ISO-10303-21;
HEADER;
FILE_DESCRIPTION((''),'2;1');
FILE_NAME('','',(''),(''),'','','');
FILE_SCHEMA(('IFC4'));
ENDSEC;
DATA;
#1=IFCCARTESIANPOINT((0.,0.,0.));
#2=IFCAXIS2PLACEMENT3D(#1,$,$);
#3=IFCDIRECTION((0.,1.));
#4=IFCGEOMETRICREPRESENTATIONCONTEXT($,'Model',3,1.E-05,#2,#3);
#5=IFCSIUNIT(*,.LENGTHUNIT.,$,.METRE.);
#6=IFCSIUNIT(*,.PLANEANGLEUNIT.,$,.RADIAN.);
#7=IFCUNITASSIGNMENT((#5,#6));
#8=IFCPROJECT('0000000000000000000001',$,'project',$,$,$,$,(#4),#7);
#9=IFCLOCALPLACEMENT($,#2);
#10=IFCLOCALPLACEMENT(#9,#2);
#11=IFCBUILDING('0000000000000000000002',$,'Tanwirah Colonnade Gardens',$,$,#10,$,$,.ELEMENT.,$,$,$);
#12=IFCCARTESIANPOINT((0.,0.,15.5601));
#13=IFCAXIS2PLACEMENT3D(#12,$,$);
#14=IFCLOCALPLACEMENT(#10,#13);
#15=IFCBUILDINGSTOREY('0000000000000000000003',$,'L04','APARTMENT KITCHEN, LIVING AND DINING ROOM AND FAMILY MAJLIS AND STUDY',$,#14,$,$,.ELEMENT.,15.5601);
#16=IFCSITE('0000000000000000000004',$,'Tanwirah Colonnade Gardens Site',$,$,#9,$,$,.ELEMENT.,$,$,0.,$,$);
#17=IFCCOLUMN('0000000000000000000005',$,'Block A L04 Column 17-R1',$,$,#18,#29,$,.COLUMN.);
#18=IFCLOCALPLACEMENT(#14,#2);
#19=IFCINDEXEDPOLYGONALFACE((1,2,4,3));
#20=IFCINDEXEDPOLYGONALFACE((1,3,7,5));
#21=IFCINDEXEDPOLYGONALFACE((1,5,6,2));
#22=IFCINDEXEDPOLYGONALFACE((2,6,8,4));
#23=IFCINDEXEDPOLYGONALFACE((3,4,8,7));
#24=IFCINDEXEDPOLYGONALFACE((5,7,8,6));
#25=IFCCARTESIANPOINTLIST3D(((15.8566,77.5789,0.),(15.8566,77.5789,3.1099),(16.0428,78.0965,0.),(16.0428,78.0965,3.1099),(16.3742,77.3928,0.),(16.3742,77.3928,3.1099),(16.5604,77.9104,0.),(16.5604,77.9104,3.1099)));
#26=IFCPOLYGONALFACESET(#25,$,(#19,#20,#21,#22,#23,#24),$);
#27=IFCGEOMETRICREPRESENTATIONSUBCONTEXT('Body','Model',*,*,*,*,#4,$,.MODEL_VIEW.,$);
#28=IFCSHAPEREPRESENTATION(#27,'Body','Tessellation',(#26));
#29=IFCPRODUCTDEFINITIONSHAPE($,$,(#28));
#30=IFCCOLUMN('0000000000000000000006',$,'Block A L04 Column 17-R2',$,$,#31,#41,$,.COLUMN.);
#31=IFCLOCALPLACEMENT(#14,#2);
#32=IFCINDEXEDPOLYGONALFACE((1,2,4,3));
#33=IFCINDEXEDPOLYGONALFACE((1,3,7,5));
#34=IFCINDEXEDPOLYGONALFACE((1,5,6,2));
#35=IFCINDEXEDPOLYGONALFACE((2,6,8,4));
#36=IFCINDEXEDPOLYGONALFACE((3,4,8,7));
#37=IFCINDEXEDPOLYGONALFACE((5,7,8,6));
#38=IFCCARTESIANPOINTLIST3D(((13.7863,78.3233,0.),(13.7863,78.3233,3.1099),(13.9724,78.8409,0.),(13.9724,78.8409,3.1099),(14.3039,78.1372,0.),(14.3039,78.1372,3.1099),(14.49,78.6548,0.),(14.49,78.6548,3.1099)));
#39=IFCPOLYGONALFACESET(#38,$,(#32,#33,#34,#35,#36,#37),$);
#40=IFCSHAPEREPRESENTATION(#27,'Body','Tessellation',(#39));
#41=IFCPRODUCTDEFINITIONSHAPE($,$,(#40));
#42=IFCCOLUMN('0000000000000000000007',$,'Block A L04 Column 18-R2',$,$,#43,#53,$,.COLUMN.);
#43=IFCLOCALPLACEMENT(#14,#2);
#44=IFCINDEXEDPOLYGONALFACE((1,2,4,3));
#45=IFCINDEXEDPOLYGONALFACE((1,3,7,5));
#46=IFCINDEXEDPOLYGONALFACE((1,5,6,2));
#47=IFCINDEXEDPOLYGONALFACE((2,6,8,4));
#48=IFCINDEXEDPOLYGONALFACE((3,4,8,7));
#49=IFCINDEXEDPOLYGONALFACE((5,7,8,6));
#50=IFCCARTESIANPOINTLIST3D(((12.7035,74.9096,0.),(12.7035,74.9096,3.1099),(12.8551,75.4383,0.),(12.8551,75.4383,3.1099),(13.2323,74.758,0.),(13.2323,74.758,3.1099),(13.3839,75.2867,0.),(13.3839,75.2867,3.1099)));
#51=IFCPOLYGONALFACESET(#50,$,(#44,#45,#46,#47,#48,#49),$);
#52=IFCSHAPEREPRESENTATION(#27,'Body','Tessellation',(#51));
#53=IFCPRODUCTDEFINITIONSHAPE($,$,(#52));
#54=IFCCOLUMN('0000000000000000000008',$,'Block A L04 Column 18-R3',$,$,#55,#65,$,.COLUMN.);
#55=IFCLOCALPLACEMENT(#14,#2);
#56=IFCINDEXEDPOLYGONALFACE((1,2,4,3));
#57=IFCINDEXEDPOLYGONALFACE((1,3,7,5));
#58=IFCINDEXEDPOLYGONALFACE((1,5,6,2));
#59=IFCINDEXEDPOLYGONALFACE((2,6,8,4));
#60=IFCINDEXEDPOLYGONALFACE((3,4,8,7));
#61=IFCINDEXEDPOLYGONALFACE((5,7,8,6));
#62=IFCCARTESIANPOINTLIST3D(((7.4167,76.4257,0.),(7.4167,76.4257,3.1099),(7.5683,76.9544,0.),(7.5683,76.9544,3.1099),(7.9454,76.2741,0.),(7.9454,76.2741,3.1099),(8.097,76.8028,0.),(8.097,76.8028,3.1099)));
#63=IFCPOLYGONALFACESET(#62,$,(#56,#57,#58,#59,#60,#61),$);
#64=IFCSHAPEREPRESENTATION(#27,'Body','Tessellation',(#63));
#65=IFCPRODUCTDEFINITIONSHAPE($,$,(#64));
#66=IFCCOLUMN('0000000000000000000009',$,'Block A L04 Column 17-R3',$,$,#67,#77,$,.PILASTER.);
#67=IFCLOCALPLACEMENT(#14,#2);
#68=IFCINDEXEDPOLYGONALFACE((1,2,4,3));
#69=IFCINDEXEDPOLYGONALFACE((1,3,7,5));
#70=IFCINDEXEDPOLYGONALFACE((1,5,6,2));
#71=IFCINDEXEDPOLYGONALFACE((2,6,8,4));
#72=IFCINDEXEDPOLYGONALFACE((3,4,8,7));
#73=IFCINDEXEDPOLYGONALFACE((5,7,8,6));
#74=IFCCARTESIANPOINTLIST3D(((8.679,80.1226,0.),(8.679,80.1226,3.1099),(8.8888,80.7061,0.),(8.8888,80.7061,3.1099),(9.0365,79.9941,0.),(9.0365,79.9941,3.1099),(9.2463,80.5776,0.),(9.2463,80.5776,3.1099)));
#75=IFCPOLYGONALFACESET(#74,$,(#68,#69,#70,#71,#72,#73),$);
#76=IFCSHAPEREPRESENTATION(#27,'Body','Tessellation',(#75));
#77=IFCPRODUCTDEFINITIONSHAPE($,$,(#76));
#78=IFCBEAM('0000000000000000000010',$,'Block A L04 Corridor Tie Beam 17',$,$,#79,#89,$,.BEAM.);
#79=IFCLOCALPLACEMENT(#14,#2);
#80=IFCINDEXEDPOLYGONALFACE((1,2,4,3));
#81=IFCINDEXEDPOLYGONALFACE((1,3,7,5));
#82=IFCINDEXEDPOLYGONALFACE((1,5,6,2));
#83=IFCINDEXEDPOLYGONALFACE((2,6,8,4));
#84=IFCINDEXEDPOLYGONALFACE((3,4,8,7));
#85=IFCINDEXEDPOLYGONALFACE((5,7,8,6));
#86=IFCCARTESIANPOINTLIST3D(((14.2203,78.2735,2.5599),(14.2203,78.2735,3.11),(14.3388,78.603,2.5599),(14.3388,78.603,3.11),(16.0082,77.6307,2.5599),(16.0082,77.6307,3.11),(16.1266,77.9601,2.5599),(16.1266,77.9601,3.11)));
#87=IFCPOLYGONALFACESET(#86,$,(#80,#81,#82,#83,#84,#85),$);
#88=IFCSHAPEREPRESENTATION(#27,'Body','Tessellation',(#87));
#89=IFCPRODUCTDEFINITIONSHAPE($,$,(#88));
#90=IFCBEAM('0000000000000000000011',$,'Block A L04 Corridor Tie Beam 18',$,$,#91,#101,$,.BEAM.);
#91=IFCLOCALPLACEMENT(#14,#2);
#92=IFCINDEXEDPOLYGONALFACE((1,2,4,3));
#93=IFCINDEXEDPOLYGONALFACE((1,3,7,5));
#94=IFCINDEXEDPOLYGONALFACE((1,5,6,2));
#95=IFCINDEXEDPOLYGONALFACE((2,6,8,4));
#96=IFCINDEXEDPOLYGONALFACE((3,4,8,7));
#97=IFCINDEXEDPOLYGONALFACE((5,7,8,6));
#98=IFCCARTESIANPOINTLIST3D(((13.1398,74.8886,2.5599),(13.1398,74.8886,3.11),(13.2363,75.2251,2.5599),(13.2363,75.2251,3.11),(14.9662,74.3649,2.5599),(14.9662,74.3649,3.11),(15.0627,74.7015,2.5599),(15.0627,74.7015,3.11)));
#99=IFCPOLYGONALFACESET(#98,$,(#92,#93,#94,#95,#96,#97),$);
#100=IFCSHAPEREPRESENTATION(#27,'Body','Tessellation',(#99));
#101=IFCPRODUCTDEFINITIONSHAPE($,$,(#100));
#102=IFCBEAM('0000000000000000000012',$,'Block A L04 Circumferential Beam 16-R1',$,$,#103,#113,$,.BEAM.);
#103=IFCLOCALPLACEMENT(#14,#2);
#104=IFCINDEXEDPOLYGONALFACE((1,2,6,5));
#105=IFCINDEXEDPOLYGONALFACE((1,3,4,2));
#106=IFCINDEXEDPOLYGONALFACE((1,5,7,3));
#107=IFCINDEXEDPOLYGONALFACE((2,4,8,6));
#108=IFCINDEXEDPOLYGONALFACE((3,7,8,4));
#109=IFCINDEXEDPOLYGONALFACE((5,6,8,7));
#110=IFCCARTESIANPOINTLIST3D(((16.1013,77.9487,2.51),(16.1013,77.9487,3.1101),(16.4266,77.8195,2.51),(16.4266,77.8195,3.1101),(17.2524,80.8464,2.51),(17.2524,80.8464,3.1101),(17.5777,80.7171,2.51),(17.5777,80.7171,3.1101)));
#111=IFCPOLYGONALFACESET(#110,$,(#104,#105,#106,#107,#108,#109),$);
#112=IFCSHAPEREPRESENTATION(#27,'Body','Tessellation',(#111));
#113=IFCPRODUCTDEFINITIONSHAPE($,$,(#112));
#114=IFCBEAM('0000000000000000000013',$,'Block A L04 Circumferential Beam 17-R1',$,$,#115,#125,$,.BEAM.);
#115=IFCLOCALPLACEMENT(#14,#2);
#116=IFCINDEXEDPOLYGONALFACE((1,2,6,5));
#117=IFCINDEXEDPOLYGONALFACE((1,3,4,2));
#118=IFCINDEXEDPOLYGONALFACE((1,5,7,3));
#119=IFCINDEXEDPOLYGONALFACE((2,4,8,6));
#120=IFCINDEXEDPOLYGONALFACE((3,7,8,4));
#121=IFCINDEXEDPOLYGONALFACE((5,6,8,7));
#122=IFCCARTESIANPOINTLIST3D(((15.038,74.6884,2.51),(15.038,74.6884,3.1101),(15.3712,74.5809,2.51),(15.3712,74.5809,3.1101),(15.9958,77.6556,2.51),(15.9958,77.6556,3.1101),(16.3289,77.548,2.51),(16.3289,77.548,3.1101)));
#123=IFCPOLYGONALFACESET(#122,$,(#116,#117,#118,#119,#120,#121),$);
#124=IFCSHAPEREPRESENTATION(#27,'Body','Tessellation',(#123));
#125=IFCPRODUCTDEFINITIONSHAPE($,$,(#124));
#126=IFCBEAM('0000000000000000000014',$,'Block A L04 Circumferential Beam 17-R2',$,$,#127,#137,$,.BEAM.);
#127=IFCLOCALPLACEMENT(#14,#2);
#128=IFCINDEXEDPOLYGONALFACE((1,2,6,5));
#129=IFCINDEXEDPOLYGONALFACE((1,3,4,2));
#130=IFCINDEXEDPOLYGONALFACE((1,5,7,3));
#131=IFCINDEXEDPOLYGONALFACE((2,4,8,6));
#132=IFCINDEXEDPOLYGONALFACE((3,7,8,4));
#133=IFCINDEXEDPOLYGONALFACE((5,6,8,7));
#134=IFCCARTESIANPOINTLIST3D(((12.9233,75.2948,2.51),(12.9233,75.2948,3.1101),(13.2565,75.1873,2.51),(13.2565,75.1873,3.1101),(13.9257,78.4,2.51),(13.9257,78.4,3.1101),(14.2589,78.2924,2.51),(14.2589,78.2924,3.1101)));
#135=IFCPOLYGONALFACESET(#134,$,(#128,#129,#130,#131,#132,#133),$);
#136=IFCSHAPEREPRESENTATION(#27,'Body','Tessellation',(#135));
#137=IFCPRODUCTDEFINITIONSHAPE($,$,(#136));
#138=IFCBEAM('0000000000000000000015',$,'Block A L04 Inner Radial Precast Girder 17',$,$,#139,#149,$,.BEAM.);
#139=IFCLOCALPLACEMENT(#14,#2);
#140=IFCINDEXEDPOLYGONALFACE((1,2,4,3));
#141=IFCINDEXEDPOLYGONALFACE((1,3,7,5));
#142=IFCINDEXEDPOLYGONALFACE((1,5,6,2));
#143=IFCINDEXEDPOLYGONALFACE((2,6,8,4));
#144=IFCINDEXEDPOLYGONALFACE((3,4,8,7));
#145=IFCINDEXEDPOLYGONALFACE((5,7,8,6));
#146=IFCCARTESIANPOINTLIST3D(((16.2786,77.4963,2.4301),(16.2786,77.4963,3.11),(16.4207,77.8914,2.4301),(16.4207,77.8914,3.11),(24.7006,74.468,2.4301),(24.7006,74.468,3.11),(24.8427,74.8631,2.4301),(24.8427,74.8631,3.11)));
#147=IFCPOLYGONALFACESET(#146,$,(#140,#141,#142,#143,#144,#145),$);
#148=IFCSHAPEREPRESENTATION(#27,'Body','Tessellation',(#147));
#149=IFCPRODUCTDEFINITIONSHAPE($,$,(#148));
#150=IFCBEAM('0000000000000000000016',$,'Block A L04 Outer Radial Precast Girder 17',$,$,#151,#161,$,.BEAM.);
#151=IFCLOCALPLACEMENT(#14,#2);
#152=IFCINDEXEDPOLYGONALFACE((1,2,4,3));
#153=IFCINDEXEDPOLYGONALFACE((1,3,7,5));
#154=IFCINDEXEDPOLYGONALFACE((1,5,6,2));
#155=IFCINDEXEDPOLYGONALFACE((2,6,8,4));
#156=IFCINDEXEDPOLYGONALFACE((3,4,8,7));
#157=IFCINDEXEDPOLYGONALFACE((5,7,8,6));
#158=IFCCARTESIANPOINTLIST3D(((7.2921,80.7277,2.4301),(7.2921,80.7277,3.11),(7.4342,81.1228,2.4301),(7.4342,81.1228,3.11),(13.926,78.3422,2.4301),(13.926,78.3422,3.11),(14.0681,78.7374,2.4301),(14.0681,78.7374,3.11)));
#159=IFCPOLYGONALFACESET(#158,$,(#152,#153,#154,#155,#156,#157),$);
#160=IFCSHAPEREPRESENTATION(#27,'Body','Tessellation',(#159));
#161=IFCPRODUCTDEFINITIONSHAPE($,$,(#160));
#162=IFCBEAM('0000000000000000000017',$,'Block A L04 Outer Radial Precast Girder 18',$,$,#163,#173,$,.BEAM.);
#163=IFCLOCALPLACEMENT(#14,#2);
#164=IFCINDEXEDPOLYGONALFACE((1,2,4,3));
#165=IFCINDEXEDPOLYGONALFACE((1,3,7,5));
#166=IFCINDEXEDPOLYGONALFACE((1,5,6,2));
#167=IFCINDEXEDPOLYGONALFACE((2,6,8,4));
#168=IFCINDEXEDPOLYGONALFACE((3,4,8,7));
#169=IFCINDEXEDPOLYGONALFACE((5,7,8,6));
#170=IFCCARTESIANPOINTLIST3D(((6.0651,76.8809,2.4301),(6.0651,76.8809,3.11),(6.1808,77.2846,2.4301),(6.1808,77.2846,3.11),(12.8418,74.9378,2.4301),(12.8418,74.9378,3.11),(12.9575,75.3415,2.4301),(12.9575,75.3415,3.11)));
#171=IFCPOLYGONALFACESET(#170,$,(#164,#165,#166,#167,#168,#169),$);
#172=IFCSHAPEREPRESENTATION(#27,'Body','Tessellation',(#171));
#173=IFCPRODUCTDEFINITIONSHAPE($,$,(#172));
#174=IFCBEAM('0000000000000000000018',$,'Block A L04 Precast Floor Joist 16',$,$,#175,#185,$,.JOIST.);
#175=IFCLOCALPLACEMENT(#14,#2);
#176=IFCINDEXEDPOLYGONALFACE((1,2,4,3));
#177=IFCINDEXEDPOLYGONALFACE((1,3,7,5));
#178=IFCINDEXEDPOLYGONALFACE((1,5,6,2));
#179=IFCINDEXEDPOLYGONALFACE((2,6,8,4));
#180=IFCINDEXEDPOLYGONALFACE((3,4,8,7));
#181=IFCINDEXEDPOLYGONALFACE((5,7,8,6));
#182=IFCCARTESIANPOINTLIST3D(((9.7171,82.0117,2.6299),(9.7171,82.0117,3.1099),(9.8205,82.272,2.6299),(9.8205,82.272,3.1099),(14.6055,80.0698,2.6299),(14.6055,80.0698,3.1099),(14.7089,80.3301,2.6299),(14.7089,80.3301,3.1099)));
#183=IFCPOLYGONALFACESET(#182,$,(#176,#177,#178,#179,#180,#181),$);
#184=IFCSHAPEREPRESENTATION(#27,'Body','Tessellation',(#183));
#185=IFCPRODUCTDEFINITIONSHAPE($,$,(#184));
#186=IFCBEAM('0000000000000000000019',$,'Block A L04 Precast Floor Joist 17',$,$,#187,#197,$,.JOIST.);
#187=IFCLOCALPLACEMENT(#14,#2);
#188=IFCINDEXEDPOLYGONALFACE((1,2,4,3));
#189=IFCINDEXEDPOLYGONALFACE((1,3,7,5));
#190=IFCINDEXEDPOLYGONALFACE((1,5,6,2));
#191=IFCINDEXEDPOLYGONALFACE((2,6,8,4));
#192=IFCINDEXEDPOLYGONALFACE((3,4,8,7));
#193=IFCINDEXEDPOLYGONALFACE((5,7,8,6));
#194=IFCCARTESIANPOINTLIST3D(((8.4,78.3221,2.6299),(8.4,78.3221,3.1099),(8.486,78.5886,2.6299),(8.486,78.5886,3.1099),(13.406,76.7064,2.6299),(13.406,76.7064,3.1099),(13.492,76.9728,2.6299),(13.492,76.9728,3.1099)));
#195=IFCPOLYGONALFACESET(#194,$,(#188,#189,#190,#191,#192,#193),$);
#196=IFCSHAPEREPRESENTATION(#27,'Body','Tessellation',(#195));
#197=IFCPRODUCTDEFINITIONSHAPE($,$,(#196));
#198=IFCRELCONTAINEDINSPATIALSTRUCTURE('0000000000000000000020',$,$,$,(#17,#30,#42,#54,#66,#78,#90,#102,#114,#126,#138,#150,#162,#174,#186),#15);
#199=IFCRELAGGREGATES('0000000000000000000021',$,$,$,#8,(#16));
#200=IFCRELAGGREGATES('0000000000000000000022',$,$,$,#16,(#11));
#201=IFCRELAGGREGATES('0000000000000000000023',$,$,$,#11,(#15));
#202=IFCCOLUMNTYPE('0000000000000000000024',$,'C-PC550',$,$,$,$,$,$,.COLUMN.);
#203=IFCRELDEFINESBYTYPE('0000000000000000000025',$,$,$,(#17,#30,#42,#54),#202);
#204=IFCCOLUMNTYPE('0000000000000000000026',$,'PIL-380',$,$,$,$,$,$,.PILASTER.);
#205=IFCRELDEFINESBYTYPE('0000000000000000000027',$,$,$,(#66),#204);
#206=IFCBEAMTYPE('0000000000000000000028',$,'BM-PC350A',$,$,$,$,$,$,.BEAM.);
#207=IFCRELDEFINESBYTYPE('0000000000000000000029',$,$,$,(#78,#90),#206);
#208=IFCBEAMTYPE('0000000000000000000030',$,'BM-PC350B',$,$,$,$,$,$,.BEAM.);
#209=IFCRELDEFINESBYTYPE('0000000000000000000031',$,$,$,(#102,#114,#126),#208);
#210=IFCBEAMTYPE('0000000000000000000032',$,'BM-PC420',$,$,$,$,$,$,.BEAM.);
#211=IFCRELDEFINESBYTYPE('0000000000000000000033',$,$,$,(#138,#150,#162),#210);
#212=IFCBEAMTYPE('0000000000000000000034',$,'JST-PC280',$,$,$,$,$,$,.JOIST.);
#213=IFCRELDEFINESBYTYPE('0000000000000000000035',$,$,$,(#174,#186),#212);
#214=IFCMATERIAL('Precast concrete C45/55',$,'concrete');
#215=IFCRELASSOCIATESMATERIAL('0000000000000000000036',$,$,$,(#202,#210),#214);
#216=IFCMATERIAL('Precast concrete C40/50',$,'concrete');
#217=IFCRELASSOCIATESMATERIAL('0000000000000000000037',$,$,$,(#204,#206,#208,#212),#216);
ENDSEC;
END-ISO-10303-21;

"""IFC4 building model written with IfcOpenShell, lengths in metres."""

from ifc_helpers import new_model, si_unit, direction, frame, origin, origin_2d, place, context, subcontext, project, spatial, rectangle, extrude, material, material_profile, profile_set, type_object, element, save


model = new_model("IFC4")

# Units and contexts
model_context = context("Model", 3, precision=1e-05, world=origin(), true_north=direction((0.0, 1.0)))
body_context = subcontext(model_context, "Body", "Model", "MODEL_VIEW")
ifc_project = project(units=[si_unit("LENGTHUNIT", "METRE"), si_unit("PLANEANGLEUNIT", "RADIAN")], contexts=[model_context])

# Site, building, storey
site_placement = place(None, origin())
site = spatial("IfcSite", under=ifc_project, at=site_placement, Name="Tanwirah Colonnade Gardens Site", CompositionType="ELEMENT", RefElevation=0.0)
building_placement = place(site_placement, origin())
building = spatial("IfcBuilding", under=site, at=building_placement, Name="Tanwirah Colonnade Gardens", CompositionType="ELEMENT")
storey_placement = place(building_placement, frame((0.0, 0.0, 15.5601)))
storey = spatial("IfcBuildingStorey", under=building, at=storey_placement, Name="L04", Description="APARTMENT KITCHEN, LIVING AND DINING ROOM AND FAMILY MAJLIS AND STUDY", CompositionType="ELEMENT", Elevation=15.5601)

# Columns
ifc_material_1 = material(Name="Precast concrete C45/55", Category="concrete")
ifc_material_profile_1 = material_profile(ifc_material_1, rectangle(XDim=0.55, YDim=0.55, at=origin_2d()), Name="PC-COL 550x550")
ifc_profile_set_1 = profile_set([ifc_material_profile_1], Name="Precast concrete C45/55")
column_type_1 = type_object("IfcColumnType", Name="C-PC550", PredefinedType="COLUMN", material=ifc_profile_set_1)
for number, where, z_axis, x_axis, name in (
    (1, (16.2085, 77.7446, 0.0), (0.0, 0.0, 1.0), (-0.941012, 0.338373, 0.0), "Block A L04 Column 17-R1"),
    (2, (14.1382, 78.489, 0.0), (0.0, 0.0, 1.0), (-0.941012, 0.338373, 0.0), "Block A L04 Column 17-R2"),
    (3, (13.0437, 75.0981, 0.0), (0.0, 0.0, 1.0), (-0.961262, 0.275637, 0.0), "Block A L04 Column 18-R2"),
    (4, (7.7568, 76.6143, 0.0), (0.0, 0.0, 1.0), (-0.961262, 0.275637, 0.0), "Block A L04 Column 18-R3"),
):
    element("IfcColumn", number, at=place(storey_placement, frame(where, z_axis=z_axis, x_axis=x_axis)), inside=storey, type_object=column_type_1, Name=name, PredefinedType="COLUMN", context=body_context, shape_type="SweptSolid", body=[
        extrude(rectangle(XDim=0.55, YDim=0.55, at=origin_2d()), origin(), (0.0, 0.0, 1.0), 3.1099),
    ])
ifc_material_2 = material(Name="Precast concrete C40/50", Category="concrete")
ifc_material_profile_2 = material_profile(ifc_material_2, rectangle(XDim=0.3799, YDim=0.6201, at=origin_2d()), Name="PC-PIL 380x620")
ifc_profile_set_2 = profile_set([ifc_material_profile_2], Name="Precast concrete C40/50")
column_type_2 = type_object("IfcColumnType", Name="PIL-380", PredefinedType="PILASTER", material=ifc_profile_set_2)
column_placement = place(storey_placement, frame((8.9626, 80.3501, 0.0), z_axis=(0.0, 0.0, 1.0), x_axis=(-0.941012, 0.338373, 0.0)))
element("IfcColumn", 5, at=column_placement, inside=storey, type_object=column_type_2, Name="Block A L04 Column 17-R3", PredefinedType="PILASTER", context=body_context, shape_type="SweptSolid", body=[
    extrude(rectangle(XDim=0.3799, YDim=0.6201, at=origin_2d()), origin(), (0.0, 0.0, 1.0), 3.1099),
])

# Beams
ifc_material_profile_3 = material_profile(ifc_material_2, rectangle(XDim=0.3501, YDim=0.55, at=origin_2d()), Name="PC-BM 350x550")
ifc_profile_set_3 = profile_set([ifc_material_profile_3], Name="Precast concrete C40/50")
beam_type_1 = type_object("IfcBeamType", Name="BM-PC350A", PredefinedType="BEAM", material=ifc_profile_set_3)
for number, where, z_axis, x_axis, name in (
    (6, (16.0674, 77.7954, 2.835), (-0.941022, 0.338346, 0.0), (-0.338346, -0.941022, 0.0), "Block A L04 Corridor Tie Beam 17"),
    (7, (15.0144, 74.5332, 2.835), (-0.961267, 0.27562, 0.0), (-0.27562, -0.961267, 0.0), "Block A L04 Corridor Tie Beam 18"),
):
    element("IfcBeam", number, at=place(storey_placement, frame(where, z_axis=z_axis, x_axis=x_axis)), inside=storey, type_object=beam_type_1, Name=name, PredefinedType="BEAM", context=body_context, shape_type="SweptSolid", body=[
        extrude(rectangle(XDim=0.3501, YDim=0.55, at=origin_2d()), origin(), (0.0, 0.0, 1.0), 1.8999),
    ])
ifc_material_profile_4 = material_profile(ifc_material_2, rectangle(XDim=0.3501, YDim=0.6001, at=origin_2d()), Name="PC-BM 350x600")
ifc_profile_set_4 = profile_set([ifc_material_profile_4], Name="Precast concrete C40/50")
beam_type_2 = type_object("IfcBeamType", Name="BM-PC350B", PredefinedType="BEAM", material=ifc_profile_set_4)
for number, where, z_axis, x_axis, name in (
    (8, (17.415, 80.7817, 2.8101), (-0.369189, -0.929354, 0.0), (0.929354, -0.369189, 0.0), "Block A L04 Circumferential Beam 16-R1"),
    (9, (16.1624, 77.6018, 2.8101), (-0.30717, -0.951655, 0.0), (0.951655, -0.30717, 0.0), "Block A L04 Circumferential Beam 17-R1"),
):
    element("IfcBeam", number, at=place(storey_placement, frame(where, z_axis=z_axis, x_axis=x_axis)), inside=storey, type_object=beam_type_2, Name=name, PredefinedType="BEAM", context=body_context, shape_type="SweptSolid", body=[
        extrude(rectangle(XDim=0.3501, YDim=0.6001, at=origin_2d()), origin(), (0.0, 0.0, 1.0), 3.1179),
    ])
beam_1_placement = place(storey_placement, frame((14.0923, 78.3462, 2.8101), z_axis=(-0.307213, -0.951641, 0.0), x_axis=(0.951641, -0.307213, 0.0)))
element("IfcBeam", 10, at=beam_1_placement, inside=storey, type_object=beam_type_2, Name="Block A L04 Circumferential Beam 17-R2", PredefinedType="BEAM", context=body_context, shape_type="SweptSolid", body=[
    extrude(rectangle(XDim=0.3501, YDim=0.6001, at=origin_2d()), origin(), (0.0, 0.0, 1.0), 3.2629),
])
ifc_material_profile_5 = material_profile(ifc_material_1, rectangle(XDim=0.4199, YDim=0.6799, at=origin_2d()), Name="PC-BM 420x680")
ifc_profile_set_5 = profile_set([ifc_material_profile_5], Name="Precast concrete C45/55")
beam_type_3 = type_object("IfcBeamType", Name="BM-PC420", PredefinedType="BEAM", material=ifc_profile_set_5)
beam_2_placement = place(storey_placement, frame((16.3496, 77.6938, 2.77), z_axis=(0.941017, -0.338359, 0.0), x_axis=(0.338359, 0.941017, 0.0)))
element("IfcBeam", 11, at=beam_2_placement, inside=storey, type_object=beam_type_3, Name="Block A L04 Inner Radial Precast Girder 17", PredefinedType="BEAM", context=body_context, shape_type="SweptSolid", body=[
    extrude(rectangle(XDim=0.4199, YDim=0.6799, at=origin_2d()), origin(), (0.0, 0.0, 1.0), 8.95),
])
for number, where, z_axis, x_axis, name in (
    (12, (13.9971, 78.5398, 2.77), (-0.941012, 0.338374, 0.0), (-0.338374, -0.941012, 0.0), "Block A L04 Outer Radial Precast Girder 17"),
    (13, (12.8997, 75.1396, 2.77), (-0.961266, 0.275622, 0.0), (-0.275622, -0.961266, 0.0), "Block A L04 Outer Radial Precast Girder 18"),
):
    element("IfcBeam", number, at=place(storey_placement, frame(where, z_axis=z_axis, x_axis=x_axis)), inside=storey, type_object=beam_type_3, Name=name, PredefinedType="BEAM", context=body_context, shape_type="SweptSolid", body=[
        extrude(rectangle(XDim=0.4199, YDim=0.6799, at=origin_2d()), origin(), (0.0, 0.0, 1.0), 7.0498),
    ])
ifc_material_profile_6 = material_profile(ifc_material_2, rectangle(XDim=0.28, YDim=0.48, at=origin_2d()), Name="PC-JST 280x480")
ifc_profile_set_6 = profile_set([ifc_material_profile_6], Name="Precast concrete C40/50")
beam_type_4 = type_object("IfcBeamType", Name="JST-PC280", PredefinedType="JOIST", material=ifc_profile_set_6)
beam_3_placement = place(storey_placement, frame((14.6572, 80.2, 2.8699), z_axis=(-0.929358, 0.369181, 0.0), x_axis=(-0.369181, -0.929358, 0.0)))
element("IfcBeam", 14, at=beam_3_placement, inside=storey, type_object=beam_type_4, Name="Block A L04 Precast Floor Joist 16", PredefinedType="JOIST", context=body_context, shape_type="SweptSolid", body=[
    extrude(rectangle(XDim=0.28, YDim=0.48, at=origin_2d()), origin(), (0.0, 0.0, 1.0), 5.26),
])
beam_4_placement = place(storey_placement, frame((13.449, 76.8396, 2.8699), z_axis=(-0.951657, 0.307163, 0.0), x_axis=(-0.307163, -0.951657, 0.0)))
element("IfcBeam", 15, at=beam_4_placement, inside=storey, type_object=beam_type_4, Name="Block A L04 Precast Floor Joist 17", PredefinedType="JOIST", context=body_context, shape_type="SweptSolid", body=[
    extrude(rectangle(XDim=0.28, YDim=0.48, at=origin_2d()), origin(), (0.0, 0.0, 1.0), 5.2603),
])

save(model, "model.ifc")
